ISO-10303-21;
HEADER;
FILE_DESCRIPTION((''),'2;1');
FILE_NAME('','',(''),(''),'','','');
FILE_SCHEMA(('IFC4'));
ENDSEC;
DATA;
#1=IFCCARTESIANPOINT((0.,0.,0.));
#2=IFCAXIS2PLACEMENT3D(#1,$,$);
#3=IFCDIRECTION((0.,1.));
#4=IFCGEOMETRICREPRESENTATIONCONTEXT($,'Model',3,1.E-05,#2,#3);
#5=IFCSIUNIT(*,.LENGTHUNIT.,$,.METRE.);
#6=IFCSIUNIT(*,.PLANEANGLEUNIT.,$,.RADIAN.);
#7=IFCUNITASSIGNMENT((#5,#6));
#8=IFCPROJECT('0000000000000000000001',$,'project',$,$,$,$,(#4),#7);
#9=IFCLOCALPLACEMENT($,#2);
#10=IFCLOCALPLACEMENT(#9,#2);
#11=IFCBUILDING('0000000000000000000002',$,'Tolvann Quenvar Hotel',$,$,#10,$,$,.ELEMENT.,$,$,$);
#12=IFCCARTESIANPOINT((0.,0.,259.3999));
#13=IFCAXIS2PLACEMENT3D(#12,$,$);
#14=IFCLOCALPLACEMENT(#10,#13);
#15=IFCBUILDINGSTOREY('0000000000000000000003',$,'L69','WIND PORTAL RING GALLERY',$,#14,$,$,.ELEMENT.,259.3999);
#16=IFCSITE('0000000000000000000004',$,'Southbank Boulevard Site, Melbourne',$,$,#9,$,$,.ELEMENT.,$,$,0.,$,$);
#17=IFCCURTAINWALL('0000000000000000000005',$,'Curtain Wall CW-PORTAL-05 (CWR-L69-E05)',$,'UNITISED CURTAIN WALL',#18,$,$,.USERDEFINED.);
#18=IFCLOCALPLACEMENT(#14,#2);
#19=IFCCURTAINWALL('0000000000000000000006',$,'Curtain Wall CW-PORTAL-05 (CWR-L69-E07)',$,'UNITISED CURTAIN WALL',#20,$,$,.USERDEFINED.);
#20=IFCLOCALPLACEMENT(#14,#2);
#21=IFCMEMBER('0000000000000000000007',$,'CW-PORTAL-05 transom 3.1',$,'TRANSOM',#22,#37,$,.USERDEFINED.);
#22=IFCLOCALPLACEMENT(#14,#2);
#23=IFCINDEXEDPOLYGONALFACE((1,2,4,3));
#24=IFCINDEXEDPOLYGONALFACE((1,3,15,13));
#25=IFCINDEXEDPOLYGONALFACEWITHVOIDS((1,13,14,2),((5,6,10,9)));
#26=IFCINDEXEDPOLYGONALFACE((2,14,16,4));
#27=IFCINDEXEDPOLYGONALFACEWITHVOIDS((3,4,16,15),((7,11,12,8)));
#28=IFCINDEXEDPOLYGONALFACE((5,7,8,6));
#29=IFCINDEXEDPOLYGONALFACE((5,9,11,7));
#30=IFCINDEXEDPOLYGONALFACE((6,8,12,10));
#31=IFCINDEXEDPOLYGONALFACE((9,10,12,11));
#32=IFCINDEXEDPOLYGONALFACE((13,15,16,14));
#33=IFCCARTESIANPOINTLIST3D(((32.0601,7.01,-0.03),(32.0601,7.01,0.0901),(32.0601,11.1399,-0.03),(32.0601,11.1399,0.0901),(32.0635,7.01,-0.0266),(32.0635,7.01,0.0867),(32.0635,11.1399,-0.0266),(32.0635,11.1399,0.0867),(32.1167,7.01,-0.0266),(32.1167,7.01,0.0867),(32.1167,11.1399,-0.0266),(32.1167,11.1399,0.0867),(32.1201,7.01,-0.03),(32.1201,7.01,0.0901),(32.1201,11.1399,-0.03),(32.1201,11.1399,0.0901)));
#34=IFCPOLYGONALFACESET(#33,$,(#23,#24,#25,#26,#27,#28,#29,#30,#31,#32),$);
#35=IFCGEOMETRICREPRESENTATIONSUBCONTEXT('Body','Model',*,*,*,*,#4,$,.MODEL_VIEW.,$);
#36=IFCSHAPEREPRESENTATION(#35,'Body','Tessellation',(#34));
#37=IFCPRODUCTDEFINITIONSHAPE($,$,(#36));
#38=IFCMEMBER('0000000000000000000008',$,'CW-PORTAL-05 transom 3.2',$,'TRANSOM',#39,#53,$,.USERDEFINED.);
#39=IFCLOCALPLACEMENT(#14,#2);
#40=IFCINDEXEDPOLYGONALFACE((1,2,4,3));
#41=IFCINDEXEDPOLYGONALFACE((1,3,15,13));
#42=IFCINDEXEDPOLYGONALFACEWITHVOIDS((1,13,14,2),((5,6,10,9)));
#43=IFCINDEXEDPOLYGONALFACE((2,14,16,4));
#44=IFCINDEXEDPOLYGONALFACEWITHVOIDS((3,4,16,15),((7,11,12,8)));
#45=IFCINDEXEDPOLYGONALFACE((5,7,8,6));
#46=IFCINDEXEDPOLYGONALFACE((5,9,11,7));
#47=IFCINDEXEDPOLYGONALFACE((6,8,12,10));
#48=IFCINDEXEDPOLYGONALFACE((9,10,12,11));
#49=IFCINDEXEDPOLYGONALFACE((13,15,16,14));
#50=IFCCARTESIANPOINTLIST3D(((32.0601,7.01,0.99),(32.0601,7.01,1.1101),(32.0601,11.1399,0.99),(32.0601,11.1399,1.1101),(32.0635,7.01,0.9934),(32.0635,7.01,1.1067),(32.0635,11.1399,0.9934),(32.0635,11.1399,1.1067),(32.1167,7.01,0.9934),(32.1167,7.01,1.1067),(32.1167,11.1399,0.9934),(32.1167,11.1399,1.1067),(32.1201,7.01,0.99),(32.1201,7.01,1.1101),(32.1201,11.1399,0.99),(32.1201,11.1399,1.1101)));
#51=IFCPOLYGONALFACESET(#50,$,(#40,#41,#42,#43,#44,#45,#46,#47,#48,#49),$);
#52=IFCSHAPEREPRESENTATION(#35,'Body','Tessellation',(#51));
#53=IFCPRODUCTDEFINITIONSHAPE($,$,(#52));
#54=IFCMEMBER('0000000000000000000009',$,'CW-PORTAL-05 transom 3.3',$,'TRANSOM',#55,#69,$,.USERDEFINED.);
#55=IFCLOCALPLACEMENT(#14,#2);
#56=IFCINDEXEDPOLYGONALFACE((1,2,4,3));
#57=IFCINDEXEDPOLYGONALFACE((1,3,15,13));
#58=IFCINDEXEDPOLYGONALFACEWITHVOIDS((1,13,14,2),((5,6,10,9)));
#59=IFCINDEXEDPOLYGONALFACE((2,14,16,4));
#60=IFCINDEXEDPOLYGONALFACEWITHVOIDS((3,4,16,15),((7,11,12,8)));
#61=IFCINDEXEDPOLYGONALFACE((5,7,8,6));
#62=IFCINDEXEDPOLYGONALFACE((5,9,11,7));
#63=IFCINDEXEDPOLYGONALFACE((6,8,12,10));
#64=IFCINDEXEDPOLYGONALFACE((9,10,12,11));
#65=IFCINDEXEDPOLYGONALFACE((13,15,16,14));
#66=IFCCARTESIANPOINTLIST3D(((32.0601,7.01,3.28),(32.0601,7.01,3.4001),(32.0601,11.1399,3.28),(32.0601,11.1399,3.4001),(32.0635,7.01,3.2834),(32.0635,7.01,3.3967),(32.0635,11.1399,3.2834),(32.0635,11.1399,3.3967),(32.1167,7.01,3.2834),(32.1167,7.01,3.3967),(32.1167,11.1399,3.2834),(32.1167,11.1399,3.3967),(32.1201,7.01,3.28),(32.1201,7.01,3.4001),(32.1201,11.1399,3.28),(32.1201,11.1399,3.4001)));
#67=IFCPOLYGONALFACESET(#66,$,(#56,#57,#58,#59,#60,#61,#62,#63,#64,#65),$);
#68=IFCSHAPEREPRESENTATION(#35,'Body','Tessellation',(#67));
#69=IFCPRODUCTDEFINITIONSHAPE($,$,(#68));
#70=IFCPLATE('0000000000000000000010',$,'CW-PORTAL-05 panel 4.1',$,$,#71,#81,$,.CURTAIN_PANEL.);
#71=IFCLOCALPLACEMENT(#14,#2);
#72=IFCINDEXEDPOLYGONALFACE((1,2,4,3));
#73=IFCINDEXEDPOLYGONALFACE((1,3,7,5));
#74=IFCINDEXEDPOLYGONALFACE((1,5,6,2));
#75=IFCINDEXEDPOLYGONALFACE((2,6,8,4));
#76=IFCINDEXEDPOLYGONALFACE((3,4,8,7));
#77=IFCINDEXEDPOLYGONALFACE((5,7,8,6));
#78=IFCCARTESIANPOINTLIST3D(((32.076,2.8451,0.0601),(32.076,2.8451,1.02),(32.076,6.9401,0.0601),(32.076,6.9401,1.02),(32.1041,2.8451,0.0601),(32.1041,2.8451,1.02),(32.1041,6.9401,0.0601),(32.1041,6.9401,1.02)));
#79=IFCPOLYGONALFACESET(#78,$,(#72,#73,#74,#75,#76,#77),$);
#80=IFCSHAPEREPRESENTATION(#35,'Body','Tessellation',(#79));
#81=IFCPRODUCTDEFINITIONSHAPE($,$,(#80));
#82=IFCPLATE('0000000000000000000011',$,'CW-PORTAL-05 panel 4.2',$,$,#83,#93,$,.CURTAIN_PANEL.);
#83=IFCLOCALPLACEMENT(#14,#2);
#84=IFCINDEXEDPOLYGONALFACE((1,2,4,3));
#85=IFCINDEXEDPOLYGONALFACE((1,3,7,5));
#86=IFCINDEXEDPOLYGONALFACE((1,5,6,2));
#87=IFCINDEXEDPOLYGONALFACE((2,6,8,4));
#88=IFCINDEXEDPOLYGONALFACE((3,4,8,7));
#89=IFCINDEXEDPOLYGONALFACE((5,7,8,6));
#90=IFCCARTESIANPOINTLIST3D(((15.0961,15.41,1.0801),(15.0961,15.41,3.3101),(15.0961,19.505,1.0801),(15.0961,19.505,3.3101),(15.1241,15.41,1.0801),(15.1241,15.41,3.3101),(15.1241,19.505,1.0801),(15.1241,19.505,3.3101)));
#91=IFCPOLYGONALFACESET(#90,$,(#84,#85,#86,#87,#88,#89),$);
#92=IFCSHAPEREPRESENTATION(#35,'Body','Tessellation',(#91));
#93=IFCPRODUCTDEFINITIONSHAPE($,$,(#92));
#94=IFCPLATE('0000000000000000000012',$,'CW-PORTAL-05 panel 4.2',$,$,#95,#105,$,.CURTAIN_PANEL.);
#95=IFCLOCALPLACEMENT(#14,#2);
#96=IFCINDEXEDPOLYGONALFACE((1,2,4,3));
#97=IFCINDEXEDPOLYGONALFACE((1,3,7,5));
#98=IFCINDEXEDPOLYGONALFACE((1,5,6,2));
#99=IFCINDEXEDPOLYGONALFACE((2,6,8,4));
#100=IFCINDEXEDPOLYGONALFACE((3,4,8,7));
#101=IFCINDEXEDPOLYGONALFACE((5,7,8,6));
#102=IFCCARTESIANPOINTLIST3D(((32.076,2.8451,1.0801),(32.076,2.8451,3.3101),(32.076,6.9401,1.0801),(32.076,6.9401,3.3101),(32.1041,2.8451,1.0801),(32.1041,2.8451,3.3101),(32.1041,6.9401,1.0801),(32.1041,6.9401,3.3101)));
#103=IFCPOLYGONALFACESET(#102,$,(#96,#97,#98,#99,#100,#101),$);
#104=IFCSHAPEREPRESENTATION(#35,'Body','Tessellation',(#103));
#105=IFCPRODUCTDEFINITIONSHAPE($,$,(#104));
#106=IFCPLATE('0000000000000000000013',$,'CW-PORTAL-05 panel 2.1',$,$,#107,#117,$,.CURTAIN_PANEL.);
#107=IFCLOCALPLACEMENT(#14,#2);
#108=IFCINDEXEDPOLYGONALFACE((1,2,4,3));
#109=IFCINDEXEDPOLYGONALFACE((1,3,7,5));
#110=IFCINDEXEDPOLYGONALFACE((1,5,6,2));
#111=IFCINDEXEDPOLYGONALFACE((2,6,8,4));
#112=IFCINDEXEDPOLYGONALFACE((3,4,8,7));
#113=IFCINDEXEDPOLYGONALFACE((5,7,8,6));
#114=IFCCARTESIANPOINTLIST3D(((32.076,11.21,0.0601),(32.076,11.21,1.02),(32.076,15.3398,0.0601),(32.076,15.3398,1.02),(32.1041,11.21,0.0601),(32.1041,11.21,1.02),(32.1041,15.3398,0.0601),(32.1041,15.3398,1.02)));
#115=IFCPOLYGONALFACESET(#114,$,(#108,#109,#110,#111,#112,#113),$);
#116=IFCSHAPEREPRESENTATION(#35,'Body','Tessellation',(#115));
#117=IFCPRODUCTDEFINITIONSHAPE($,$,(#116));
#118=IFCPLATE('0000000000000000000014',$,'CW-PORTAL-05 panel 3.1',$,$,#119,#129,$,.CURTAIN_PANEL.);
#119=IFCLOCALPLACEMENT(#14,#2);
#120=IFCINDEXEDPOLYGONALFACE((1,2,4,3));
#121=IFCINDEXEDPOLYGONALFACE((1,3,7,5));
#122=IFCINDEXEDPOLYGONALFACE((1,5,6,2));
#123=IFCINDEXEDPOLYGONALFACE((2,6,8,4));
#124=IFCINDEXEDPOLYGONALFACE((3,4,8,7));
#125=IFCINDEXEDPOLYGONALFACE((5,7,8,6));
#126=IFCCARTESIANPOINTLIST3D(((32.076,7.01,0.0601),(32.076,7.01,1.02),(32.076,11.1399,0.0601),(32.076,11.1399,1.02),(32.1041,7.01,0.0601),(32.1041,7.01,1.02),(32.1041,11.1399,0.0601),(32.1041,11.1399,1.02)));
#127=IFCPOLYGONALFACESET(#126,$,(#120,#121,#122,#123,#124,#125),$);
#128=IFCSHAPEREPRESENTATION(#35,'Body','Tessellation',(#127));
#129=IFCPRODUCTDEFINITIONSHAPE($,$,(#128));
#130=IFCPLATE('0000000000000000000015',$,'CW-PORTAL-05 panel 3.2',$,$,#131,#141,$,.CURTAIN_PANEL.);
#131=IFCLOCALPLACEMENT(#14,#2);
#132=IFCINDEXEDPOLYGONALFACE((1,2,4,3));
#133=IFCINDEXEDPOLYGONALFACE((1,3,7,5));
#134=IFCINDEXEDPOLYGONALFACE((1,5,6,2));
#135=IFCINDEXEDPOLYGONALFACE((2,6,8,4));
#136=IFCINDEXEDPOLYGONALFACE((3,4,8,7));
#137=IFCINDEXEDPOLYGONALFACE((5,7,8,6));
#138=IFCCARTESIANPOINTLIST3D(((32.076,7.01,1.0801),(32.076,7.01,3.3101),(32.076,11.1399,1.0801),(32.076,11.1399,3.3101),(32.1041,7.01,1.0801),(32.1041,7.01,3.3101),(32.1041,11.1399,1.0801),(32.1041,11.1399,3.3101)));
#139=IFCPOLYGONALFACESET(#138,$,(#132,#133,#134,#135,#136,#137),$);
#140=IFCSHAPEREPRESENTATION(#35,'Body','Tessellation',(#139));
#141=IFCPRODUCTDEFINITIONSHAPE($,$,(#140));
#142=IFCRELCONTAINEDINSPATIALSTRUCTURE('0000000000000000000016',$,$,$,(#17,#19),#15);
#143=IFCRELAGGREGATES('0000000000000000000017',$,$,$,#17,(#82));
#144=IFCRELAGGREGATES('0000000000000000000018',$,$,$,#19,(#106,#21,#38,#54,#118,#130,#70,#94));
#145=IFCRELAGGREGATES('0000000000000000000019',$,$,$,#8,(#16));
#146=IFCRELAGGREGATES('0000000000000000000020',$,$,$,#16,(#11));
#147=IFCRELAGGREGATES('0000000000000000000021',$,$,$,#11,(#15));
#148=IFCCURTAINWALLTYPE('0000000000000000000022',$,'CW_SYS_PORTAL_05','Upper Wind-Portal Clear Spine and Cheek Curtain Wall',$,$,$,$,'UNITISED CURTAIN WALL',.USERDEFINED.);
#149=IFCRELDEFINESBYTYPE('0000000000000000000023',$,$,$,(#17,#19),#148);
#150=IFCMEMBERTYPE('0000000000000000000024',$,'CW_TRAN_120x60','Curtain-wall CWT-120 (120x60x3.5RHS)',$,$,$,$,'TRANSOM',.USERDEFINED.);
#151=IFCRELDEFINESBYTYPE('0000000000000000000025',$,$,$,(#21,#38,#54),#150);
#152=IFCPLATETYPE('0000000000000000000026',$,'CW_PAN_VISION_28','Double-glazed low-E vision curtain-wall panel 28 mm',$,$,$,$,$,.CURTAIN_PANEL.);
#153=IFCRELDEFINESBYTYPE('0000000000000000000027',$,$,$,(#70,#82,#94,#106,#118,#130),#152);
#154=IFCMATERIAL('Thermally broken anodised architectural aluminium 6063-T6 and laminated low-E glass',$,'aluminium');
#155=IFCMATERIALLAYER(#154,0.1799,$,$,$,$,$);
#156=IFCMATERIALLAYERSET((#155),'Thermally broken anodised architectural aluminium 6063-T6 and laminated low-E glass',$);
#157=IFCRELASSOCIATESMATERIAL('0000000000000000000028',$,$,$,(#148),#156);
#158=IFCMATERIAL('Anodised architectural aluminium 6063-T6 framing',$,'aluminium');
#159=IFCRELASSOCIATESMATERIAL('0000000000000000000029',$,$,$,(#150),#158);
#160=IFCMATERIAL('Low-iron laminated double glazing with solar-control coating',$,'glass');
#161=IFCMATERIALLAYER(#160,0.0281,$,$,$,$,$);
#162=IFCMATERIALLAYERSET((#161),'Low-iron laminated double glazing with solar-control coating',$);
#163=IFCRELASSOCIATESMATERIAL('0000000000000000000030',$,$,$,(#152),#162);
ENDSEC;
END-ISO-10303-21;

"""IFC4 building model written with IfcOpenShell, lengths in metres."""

from ifc_helpers import new_model, si_unit, direction, frame, origin, origin_2d, place, context, subcontext, project, spatial, rectangle, hollow_rectangle, extrude, source, transform, mapped, material, layer, layer_set, material_profile, profile_set, type_object, type_shapes, element, aggregate, save


model = new_model("IFC4")

# Units and contexts
model_context = context("Model", 3, precision=1e-05, world=origin(), true_north=direction((0.0, 1.0)))
body_context = subcontext(model_context, "Body", "Model", "MODEL_VIEW")
ifc_project = project(units=[si_unit("LENGTHUNIT", "METRE"), si_unit("PLANEANGLEUNIT", "RADIAN")], contexts=[model_context])

# Site, building, storey
site_placement = place(None, origin())
site = spatial("IfcSite", under=ifc_project, at=site_placement, Name="Southbank Boulevard Site, Melbourne", CompositionType="ELEMENT", RefElevation=0.0)
building_placement = place(site_placement, origin())
building = spatial("IfcBuilding", under=site, at=building_placement, Name="Tolvann Quenvar Hotel", CompositionType="ELEMENT")
storey_placement = place(building_placement, frame((0.0, 0.0, 259.3999)))
storey = spatial("IfcBuildingStorey", under=building, at=storey_placement, Name="L69", Description="WIND PORTAL RING GALLERY", CompositionType="ELEMENT", Elevation=259.3999)

# Curtain wall
ifc_material_1 = material(Name="Thermally broken anodised architectural aluminium 6063-T6 and laminated low-E glass", Category="aluminium")
ifc_layer_1 = layer(ifc_material_1, 0.1799)
ifc_layer_set_1 = layer_set([ifc_layer_1], Name="Thermally broken anodised architectural aluminium 6063-T6 and laminated low-E glass")
curtain_wall_type = type_object("IfcCurtainWallType", Name="CW_SYS_PORTAL_05", Description="Upper Wind-Portal Clear Spine and Cheek Curtain Wall", ElementType="UNITISED CURTAIN WALL", PredefinedType="USERDEFINED", material=ifc_layer_set_1)
curtain_wall_1_placement = place(storey_placement, origin())
curtain_wall_1 = element("IfcCurtainWall", 1, at=curtain_wall_1_placement, inside=storey, type_object=curtain_wall_type, Name="Curtain Wall CW-PORTAL-05 (CWR-L69-E05)", ObjectType="UNITISED CURTAIN WALL", PredefinedType="USERDEFINED")
ifc_material_2 = material(Name="Anodised architectural aluminium 6063-T6 framing", Category="aluminium")

# Curtain wall, members, plate
curtain_wall_2_placement = place(storey_placement, origin())
curtain_wall_2 = element("IfcCurtainWall", 2, at=curtain_wall_2_placement, inside=storey, type_object=curtain_wall_type, Name="Curtain Wall CW-PORTAL-05 (CWR-L69-E07)", ObjectType="UNITISED CURTAIN WALL", PredefinedType="USERDEFINED")
ifc_material_profile_1 = material_profile(ifc_material_2, hollow_rectangle(XDim=0.0601, YDim=0.1201, WallThickness=0.0034, at=origin_2d()), Name="120x60x3.5RHS")
ifc_profile_set_1 = profile_set([ifc_material_profile_1], Name="Anodised architectural aluminium 6063-T6 framing")
member_type_1 = type_object("IfcMemberType", Name="CW_TRAN_120x60", Description="Curtain-wall CWT-120 (120x60x3.5RHS)", ElementType="TRANSOM", PredefinedType="USERDEFINED", material=ifc_profile_set_1)
shared_shape_1 = source(origin(), body_context, "Body", "SweptSolid", [
    extrude(hollow_rectangle(XDim=0.0601, YDim=0.1201, WallThickness=0.0034, at=origin_2d()), origin(), (0.0, 0.0, 1.0), 4.1299),
])
member_1_placement = place(storey_placement, frame((32.0901, 11.1399, 0.03), z_axis=(0.0, -1.0, 0.0), x_axis=(1.0, 0.0, 0.0)))
member_1 = element("IfcMember", 3, at=member_1_placement, type_object=member_type_1, Name="CW-PORTAL-05 transom 3.1", ObjectType="TRANSOM", PredefinedType="USERDEFINED", context=body_context, shape_type="MappedRepresentation", body=[
    mapped(shared_shape_1, transform((0.0, 0.0, 0.0), x_axis=(1.0, 0.0, 0.0), y_axis=(0.0, 1.0, 0.0), z_axis=(0.0, 0.0, 1.0), scale=1.0)),
])
member_2_placement = place(storey_placement, frame((32.0901, 11.1399, 1.05), z_axis=(0.0, -1.0, 0.0), x_axis=(1.0, 0.0, 0.0)))
member_2 = element("IfcMember", 4, at=member_2_placement, type_object=member_type_1, Name="CW-PORTAL-05 transom 3.2", ObjectType="TRANSOM", PredefinedType="USERDEFINED", context=body_context, shape_type="MappedRepresentation", body=[
    mapped(shared_shape_1, transform((0.0, 0.0, 0.0), x_axis=(1.0, 0.0, 0.0), y_axis=(0.0, 1.0, 0.0), z_axis=(0.0, 0.0, 1.0), scale=1.0)),
])
member_3_placement = place(storey_placement, frame((32.0901, 11.1399, 3.3401), z_axis=(0.0, -1.0, 0.0), x_axis=(1.0, 0.0, 0.0)))
member_3 = element("IfcMember", 5, at=member_3_placement, type_object=member_type_1, Name="CW-PORTAL-05 transom 3.3", ObjectType="TRANSOM", PredefinedType="USERDEFINED", context=body_context, shape_type="MappedRepresentation", body=[
    mapped(shared_shape_1, transform((0.0, 0.0, 0.0), x_axis=(1.0, 0.0, 0.0), y_axis=(0.0, 1.0, 0.0), z_axis=(0.0, 0.0, 1.0), scale=1.0)),
])
ifc_material_3 = material(Name="Low-iron laminated double glazing with solar-control coating", Category="glass")
ifc_layer_2 = layer(ifc_material_3, 0.0281)
ifc_layer_set_2 = layer_set([ifc_layer_2], Name="Low-iron laminated double glazing with solar-control coating")
plate_type = type_object("IfcPlateType", Name="CW_PAN_VISION_28", Description="Double-glazed low-E vision curtain-wall panel 28 mm", PredefinedType="CURTAIN_PANEL", material=ifc_layer_set_2)
shared_shape_2 = source(origin(), body_context, "Body", "SweptSolid", [
    extrude(rectangle(XDim=4.095, YDim=0.0281, at=origin_2d()), origin(), (0.0, 0.0, 1.0), 0.96),
])
plate_1_placement = place(storey_placement, frame((32.0901, 4.8926, 0.0601), z_axis=(0.0, 0.0, 1.0), x_axis=(0.0, -1.0, 0.0)))
plate_1 = element("IfcPlate", 6, at=plate_1_placement, type_object=plate_type, Name="CW-PORTAL-05 panel 4.1", PredefinedType="CURTAIN_PANEL", context=body_context, shape_type="MappedRepresentation", body=[
    mapped(shared_shape_2, transform((0.0, 0.0, 0.0), x_axis=(1.0, 0.0, 0.0), y_axis=(0.0, 1.0, 0.0), z_axis=(0.0, 0.0, 1.0), scale=1.0)),
])

# Plates
shared_shape_3 = source(origin(), body_context, "Body", "SweptSolid", [
    extrude(rectangle(XDim=4.095, YDim=0.0281, at=origin_2d()), origin(), (0.0, 0.0, 1.0), 2.23),
])
plate_2_placement = place(storey_placement, frame((15.1101, 17.4575, 1.0801), z_axis=(0.0, 0.0, 1.0), x_axis=(0.0, 1.0, 0.0)))
plate_2 = element("IfcPlate", 7, at=plate_2_placement, type_object=plate_type, Name="CW-PORTAL-05 panel 4.2", PredefinedType="CURTAIN_PANEL", context=body_context, shape_type="MappedRepresentation", body=[
    mapped(shared_shape_3, transform((0.0, 0.0, 0.0), x_axis=(1.0, 0.0, 0.0), y_axis=(0.0, 1.0, 0.0), z_axis=(0.0, 0.0, 1.0), scale=1.0)),
])
aggregate(curtain_wall_1, [plate_2])
plate_3_placement = place(storey_placement, frame((32.0901, 4.8926, 1.0801), z_axis=(0.0, 0.0, 1.0), x_axis=(0.0, -1.0, 0.0)))
plate_3 = element("IfcPlate", 8, at=plate_3_placement, type_object=plate_type, Name="CW-PORTAL-05 panel 4.2", PredefinedType="CURTAIN_PANEL", context=body_context, shape_type="MappedRepresentation", body=[
    mapped(shared_shape_3, transform((0.0, 0.0, 0.0), x_axis=(1.0, 0.0, 0.0), y_axis=(0.0, 1.0, 0.0), z_axis=(0.0, 0.0, 1.0), scale=1.0)),
])
shared_shape_4 = source(origin(), body_context, "Body", "SweptSolid", [
    extrude(rectangle(XDim=4.1299, YDim=0.0281, at=origin_2d()), origin(), (0.0, 0.0, 1.0), 0.96),
])
plate_4_placement = place(storey_placement, frame((32.0901, 13.2749, 0.0601), z_axis=(0.0, 0.0, 1.0), x_axis=(0.0, -1.0, 0.0)))
plate_4 = element("IfcPlate", 9, at=plate_4_placement, type_object=plate_type, Name="CW-PORTAL-05 panel 2.1", PredefinedType="CURTAIN_PANEL", context=body_context, shape_type="MappedRepresentation", body=[
    mapped(shared_shape_4, transform((0.0, 0.0, 0.0), x_axis=(1.0, 0.0, 0.0), y_axis=(0.0, 1.0, 0.0), z_axis=(0.0, 0.0, 1.0), scale=1.0)),
])
plate_5_placement = place(storey_placement, frame((32.0901, 9.075, 0.0601), z_axis=(0.0, 0.0, 1.0), x_axis=(0.0, -1.0, 0.0)))
plate_5 = element("IfcPlate", 10, at=plate_5_placement, type_object=plate_type, Name="CW-PORTAL-05 panel 3.1", PredefinedType="CURTAIN_PANEL", context=body_context, shape_type="MappedRepresentation", body=[
    mapped(shared_shape_4, transform((0.0, 0.0, 0.0), x_axis=(1.0, 0.0, 0.0), y_axis=(0.0, 1.0, 0.0), z_axis=(0.0, 0.0, 1.0), scale=1.0)),
])
shared_shape_5 = source(origin(), body_context, "Body", "SweptSolid", [
    extrude(rectangle(XDim=4.1299, YDim=0.0281, at=origin_2d()), origin(), (0.0, 0.0, 1.0), 2.23),
])
type_shapes(plate_type, [shared_shape_2, shared_shape_3, shared_shape_4, shared_shape_5])
plate_6_placement = place(storey_placement, frame((32.0901, 9.075, 1.0801), z_axis=(0.0, 0.0, 1.0), x_axis=(0.0, -1.0, 0.0)))
plate_6 = element("IfcPlate", 11, at=plate_6_placement, type_object=plate_type, Name="CW-PORTAL-05 panel 3.2", PredefinedType="CURTAIN_PANEL", context=body_context, shape_type="MappedRepresentation", body=[
    mapped(shared_shape_5, transform((0.0, 0.0, 0.0), x_axis=(1.0, 0.0, 0.0), y_axis=(0.0, 1.0, 0.0), z_axis=(0.0, 0.0, 1.0), scale=1.0)),
])
aggregate(curtain_wall_2, [plate_4, member_1, member_2, member_3, plate_5, plate_6, plate_1, plate_3])

save(model, "model.ifc")
